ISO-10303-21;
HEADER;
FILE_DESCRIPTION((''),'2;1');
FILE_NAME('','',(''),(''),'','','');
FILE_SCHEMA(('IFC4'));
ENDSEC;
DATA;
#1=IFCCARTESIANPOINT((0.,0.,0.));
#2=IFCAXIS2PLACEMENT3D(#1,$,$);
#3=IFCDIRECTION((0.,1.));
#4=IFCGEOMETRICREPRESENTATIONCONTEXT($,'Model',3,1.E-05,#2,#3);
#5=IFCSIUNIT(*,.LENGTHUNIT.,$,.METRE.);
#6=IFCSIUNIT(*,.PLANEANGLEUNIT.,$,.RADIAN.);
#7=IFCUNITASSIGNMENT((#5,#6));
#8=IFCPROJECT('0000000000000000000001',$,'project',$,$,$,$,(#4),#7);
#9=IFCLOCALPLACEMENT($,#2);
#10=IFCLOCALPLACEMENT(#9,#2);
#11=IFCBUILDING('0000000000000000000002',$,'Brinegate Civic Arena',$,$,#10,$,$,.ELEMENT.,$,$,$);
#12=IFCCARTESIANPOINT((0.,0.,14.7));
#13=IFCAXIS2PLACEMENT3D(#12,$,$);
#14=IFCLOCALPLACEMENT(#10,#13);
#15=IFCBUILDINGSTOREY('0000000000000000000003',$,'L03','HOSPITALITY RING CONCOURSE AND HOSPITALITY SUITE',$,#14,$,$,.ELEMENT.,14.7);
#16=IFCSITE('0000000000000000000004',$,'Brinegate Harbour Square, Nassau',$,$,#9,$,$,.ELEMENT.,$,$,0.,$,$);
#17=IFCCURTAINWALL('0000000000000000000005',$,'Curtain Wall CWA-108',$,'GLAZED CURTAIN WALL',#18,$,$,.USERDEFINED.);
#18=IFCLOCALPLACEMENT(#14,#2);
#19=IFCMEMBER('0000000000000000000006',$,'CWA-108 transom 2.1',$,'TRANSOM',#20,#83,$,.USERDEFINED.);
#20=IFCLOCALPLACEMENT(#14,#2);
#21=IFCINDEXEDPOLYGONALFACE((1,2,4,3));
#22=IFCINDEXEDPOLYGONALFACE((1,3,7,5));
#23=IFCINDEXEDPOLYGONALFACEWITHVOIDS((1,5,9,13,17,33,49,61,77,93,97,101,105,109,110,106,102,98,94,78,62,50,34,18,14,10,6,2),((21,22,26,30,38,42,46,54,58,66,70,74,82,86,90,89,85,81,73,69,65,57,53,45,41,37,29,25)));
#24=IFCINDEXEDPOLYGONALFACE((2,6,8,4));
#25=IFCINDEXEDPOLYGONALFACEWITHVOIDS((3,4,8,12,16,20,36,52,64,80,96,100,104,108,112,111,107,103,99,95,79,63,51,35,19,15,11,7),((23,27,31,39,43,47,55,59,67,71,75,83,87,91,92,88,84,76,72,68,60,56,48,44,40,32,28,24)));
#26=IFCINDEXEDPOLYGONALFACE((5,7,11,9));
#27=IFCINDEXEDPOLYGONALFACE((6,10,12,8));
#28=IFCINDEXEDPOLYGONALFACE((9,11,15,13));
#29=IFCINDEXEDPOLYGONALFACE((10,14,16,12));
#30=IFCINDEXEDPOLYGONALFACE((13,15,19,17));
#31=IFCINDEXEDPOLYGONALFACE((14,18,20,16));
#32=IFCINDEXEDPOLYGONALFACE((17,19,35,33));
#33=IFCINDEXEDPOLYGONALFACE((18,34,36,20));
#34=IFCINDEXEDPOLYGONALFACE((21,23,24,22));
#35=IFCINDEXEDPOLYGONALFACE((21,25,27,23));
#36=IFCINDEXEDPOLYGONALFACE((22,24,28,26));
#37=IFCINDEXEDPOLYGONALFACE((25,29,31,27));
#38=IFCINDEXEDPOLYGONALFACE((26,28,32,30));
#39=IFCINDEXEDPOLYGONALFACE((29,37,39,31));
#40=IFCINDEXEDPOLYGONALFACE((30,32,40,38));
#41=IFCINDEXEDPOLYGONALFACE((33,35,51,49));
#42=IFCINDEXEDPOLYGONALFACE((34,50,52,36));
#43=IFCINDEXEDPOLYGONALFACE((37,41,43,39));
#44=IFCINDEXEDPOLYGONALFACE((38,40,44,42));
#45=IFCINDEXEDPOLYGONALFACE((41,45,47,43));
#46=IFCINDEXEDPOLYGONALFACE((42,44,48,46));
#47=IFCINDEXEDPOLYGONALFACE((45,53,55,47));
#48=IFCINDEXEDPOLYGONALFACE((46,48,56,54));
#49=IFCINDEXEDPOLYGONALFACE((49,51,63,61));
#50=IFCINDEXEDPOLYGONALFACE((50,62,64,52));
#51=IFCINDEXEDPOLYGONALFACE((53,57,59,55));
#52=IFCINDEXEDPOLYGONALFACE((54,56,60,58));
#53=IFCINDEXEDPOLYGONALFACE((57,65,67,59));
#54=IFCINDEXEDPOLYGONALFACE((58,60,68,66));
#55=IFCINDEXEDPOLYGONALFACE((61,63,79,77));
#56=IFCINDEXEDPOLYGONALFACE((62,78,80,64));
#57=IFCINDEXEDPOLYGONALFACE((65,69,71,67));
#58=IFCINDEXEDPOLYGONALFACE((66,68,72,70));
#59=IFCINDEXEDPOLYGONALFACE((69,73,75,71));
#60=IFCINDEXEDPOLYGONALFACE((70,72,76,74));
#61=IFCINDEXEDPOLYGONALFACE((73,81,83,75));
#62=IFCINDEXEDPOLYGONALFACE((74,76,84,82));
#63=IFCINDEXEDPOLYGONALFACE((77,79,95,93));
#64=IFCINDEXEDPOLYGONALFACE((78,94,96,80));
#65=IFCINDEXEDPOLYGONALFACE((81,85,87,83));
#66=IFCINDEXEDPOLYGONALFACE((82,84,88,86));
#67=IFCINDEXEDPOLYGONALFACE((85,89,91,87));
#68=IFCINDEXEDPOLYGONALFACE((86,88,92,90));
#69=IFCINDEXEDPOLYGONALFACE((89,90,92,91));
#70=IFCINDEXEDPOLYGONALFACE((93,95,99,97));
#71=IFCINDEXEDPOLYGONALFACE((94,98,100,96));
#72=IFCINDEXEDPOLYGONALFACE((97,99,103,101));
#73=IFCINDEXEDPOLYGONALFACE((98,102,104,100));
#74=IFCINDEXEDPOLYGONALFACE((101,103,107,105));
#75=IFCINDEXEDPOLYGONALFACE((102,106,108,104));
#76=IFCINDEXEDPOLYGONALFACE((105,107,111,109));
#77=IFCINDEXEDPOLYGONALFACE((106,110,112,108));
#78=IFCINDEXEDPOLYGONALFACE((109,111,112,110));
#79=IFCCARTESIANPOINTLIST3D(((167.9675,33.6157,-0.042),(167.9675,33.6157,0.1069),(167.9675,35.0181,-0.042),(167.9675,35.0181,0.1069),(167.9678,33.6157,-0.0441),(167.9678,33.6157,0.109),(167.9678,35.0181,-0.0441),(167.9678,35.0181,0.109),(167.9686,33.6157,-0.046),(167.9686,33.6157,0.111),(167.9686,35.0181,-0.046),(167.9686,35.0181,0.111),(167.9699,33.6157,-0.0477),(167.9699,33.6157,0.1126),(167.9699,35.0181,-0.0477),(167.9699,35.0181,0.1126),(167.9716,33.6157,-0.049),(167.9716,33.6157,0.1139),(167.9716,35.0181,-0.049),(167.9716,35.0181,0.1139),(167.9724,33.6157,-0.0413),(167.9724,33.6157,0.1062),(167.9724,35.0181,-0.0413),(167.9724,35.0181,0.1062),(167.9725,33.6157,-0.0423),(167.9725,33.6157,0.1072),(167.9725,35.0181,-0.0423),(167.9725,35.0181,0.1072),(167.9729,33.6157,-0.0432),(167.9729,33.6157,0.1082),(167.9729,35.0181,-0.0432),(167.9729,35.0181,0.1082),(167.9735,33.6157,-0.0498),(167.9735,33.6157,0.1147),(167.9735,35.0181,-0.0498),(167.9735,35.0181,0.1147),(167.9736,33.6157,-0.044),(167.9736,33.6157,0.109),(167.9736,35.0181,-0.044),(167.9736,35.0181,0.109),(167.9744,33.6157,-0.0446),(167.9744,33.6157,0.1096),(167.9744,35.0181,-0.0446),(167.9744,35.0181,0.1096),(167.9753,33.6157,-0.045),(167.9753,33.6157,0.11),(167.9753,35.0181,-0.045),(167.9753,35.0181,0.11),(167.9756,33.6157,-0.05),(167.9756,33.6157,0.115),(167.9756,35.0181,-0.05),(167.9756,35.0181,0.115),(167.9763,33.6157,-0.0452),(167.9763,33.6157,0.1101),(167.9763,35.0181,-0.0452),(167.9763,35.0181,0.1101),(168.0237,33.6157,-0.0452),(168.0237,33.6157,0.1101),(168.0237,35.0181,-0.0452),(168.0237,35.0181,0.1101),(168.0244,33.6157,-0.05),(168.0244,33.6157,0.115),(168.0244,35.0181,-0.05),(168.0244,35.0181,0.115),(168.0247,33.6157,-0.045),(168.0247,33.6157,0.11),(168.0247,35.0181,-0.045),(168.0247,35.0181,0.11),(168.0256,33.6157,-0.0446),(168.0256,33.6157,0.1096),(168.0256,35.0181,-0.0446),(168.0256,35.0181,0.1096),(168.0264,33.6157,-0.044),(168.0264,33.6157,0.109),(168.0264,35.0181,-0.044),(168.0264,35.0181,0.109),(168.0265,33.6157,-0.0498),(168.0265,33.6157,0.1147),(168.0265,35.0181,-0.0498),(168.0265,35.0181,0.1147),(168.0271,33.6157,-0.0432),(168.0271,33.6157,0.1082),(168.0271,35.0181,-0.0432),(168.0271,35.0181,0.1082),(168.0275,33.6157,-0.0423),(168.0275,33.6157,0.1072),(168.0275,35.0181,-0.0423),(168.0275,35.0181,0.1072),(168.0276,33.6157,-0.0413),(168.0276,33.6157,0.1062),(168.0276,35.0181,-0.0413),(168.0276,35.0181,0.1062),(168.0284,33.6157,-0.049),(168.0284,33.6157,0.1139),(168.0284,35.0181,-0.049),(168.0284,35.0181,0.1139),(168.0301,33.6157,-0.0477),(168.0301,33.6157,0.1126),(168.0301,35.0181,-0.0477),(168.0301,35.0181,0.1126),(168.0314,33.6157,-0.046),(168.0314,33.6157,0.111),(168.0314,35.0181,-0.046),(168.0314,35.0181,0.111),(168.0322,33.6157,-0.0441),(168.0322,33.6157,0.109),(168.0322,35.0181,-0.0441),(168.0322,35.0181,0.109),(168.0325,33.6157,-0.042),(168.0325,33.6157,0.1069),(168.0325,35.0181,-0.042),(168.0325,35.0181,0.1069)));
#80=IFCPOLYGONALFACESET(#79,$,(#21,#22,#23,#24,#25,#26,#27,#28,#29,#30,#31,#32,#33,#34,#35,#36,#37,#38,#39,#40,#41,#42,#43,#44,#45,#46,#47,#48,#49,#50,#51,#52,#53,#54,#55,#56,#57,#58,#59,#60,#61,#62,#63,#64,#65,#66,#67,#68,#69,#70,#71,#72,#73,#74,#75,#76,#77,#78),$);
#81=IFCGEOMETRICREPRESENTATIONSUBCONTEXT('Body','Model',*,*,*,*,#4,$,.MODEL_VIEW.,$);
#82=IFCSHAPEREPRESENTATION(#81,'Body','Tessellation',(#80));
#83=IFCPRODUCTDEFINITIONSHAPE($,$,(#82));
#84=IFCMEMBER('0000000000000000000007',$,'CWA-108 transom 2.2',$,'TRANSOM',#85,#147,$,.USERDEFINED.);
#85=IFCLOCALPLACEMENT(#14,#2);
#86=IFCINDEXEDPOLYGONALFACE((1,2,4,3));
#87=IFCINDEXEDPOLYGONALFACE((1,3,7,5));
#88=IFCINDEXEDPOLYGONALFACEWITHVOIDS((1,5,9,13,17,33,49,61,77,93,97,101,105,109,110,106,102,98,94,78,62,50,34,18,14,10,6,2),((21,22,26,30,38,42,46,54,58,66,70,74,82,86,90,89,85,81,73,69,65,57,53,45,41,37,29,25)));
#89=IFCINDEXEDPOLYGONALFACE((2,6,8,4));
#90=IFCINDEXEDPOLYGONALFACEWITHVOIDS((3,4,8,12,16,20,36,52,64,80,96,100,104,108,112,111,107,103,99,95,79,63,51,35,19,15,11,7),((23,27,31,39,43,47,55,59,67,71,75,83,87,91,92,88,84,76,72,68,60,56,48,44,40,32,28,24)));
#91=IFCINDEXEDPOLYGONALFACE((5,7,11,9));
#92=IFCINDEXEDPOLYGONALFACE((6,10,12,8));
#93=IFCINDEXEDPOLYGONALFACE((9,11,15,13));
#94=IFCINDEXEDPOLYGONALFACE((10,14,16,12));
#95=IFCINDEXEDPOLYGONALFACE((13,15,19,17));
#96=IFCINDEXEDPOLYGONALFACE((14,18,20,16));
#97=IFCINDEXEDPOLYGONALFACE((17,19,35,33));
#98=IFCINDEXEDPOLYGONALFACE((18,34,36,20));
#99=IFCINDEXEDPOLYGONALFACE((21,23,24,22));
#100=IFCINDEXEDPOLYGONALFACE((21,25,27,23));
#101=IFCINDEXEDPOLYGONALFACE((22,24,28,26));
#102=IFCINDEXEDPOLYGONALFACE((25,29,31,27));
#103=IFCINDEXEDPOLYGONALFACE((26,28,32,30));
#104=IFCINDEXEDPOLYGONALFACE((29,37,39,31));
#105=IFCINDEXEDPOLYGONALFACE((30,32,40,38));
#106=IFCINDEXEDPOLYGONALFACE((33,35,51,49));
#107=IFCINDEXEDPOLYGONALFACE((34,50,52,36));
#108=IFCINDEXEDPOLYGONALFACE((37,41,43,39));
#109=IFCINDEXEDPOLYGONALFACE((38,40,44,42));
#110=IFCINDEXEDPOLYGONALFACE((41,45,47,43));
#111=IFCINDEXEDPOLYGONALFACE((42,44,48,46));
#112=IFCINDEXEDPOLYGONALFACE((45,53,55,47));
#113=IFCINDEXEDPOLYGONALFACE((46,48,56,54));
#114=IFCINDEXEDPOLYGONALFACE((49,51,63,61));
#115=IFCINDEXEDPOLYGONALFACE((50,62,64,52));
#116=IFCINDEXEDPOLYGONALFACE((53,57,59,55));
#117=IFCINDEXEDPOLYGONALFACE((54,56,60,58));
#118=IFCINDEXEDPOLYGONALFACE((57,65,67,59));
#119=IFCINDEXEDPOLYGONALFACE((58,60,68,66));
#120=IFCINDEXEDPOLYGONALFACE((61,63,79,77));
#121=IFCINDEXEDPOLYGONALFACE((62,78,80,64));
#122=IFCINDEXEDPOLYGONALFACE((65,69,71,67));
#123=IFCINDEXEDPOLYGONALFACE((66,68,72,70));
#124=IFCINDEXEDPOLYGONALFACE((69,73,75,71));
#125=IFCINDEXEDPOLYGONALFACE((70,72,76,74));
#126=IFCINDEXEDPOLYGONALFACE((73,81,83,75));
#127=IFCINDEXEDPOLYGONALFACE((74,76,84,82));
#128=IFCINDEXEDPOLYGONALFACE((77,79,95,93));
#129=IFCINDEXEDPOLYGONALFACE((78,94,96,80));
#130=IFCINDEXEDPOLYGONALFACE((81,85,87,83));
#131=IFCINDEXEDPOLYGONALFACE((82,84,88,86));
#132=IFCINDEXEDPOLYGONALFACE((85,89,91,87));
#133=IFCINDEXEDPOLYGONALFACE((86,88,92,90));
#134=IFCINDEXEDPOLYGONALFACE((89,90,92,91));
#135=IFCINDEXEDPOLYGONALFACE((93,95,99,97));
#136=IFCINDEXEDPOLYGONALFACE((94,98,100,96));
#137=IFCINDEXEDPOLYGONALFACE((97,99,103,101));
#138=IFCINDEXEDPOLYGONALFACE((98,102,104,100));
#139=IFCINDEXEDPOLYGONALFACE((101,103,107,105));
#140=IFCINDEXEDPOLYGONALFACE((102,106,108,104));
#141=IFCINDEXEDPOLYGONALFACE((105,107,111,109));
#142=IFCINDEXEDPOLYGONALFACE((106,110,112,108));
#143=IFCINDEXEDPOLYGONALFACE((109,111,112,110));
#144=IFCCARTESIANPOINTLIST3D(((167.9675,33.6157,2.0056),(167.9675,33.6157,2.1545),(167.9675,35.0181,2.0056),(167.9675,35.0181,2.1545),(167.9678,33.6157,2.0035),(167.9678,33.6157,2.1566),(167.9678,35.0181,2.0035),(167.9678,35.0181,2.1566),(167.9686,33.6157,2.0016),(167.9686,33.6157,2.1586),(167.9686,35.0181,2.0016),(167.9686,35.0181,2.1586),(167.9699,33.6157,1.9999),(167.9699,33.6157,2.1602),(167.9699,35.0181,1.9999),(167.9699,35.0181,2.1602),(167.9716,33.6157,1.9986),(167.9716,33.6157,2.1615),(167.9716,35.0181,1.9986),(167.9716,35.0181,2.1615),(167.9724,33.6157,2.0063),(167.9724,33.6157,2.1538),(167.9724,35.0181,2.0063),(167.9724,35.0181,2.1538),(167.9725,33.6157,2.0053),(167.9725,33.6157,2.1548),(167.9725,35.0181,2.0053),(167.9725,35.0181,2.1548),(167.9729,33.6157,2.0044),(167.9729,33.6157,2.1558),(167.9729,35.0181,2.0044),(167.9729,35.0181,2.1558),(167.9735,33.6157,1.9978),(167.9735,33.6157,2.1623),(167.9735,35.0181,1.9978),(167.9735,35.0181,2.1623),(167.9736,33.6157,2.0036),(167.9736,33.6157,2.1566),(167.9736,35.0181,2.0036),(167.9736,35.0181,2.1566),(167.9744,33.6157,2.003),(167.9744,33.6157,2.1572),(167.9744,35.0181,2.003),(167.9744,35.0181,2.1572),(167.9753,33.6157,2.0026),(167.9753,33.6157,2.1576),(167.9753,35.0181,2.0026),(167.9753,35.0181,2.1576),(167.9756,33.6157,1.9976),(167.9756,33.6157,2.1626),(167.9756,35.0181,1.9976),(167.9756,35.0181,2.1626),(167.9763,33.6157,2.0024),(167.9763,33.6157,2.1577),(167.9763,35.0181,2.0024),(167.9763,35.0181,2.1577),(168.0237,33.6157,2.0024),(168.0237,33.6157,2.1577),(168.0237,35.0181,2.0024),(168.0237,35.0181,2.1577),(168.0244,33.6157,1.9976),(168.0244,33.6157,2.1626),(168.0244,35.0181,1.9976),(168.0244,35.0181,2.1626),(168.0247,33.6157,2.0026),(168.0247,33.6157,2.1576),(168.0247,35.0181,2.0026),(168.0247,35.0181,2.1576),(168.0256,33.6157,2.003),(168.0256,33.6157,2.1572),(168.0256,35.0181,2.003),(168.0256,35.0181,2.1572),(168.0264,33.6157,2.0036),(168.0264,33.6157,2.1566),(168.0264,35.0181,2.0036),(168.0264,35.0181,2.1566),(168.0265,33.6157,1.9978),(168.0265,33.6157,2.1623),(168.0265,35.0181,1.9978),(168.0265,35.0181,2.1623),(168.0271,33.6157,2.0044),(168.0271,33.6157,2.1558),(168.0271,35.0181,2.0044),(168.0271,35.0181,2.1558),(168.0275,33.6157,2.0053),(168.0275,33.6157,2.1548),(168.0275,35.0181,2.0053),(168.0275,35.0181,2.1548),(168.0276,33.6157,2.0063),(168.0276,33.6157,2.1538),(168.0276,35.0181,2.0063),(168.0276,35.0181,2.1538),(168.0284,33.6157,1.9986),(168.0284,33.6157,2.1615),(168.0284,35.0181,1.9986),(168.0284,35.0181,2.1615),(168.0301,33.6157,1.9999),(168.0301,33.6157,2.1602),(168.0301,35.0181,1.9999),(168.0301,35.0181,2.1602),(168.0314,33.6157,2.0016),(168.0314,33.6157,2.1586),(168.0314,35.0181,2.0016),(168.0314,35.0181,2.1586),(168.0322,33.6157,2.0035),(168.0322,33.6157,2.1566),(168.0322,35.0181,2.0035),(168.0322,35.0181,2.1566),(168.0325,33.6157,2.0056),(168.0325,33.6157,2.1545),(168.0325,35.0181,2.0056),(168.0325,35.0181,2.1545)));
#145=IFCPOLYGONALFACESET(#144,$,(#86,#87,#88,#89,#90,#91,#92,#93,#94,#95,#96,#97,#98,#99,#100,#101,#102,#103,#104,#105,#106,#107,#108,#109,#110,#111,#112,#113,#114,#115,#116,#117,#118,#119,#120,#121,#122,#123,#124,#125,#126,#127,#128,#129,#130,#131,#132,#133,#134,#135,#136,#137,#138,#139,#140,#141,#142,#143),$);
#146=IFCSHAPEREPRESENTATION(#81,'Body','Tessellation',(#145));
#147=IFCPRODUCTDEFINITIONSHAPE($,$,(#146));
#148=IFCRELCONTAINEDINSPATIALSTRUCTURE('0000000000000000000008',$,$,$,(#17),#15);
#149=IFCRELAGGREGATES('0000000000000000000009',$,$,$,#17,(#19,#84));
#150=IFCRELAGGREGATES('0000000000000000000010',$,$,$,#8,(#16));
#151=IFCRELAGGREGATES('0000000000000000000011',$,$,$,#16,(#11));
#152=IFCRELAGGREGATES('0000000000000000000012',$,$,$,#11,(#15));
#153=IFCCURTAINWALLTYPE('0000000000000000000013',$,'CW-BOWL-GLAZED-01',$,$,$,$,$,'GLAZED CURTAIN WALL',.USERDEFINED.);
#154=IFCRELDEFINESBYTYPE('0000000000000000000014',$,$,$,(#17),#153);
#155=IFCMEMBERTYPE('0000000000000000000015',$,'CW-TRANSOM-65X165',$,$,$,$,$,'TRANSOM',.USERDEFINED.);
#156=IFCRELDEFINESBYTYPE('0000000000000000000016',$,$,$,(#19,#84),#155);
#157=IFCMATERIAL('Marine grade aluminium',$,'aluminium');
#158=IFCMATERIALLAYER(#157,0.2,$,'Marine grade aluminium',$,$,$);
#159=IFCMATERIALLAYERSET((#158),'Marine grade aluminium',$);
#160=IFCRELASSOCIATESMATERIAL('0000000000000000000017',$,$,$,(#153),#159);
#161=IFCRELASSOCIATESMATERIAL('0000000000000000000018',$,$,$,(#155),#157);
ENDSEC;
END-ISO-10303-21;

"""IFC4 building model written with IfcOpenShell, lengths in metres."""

from ifc_helpers import new_model, si_unit, direction, frame, origin, origin_2d, place, context, subcontext, project, spatial, hollow_rectangle, extrude, material, layer, layer_set, material_profile, profile_set, type_object, element, aggregate, save


model = new_model("IFC4")

# Units and contexts
model_context = context("Model", 3, precision=1e-05, world=origin(), true_north=direction((0.0, 1.0)))
body_context = subcontext(model_context, "Body", "Model", "MODEL_VIEW")
ifc_project = project(units=[si_unit("LENGTHUNIT", "METRE"), si_unit("PLANEANGLEUNIT", "RADIAN")], contexts=[model_context])

# Site, building, storey
site_placement = place(None, origin())
site = spatial("IfcSite", under=ifc_project, at=site_placement, Name="Brinegate Harbour Square, Nassau", CompositionType="ELEMENT", RefElevation=0.0)
building_placement = place(site_placement, origin())
building = spatial("IfcBuilding", under=site, at=building_placement, Name="Brinegate Civic Arena", CompositionType="ELEMENT")
storey_placement = place(building_placement, frame((0.0, 0.0, 14.7)))
storey = spatial("IfcBuildingStorey", under=building, at=storey_placement, Name="L03", Description="HOSPITALITY RING CONCOURSE AND HOSPITALITY SUITE", CompositionType="ELEMENT", Elevation=14.7)

# Curtain wall, members
ifc_material_1 = material(Name="Marine grade aluminium", Category="aluminium")
ifc_layer_1 = layer(ifc_material_1, 0.2, Name="Marine grade aluminium")
ifc_layer_set_1 = layer_set([ifc_layer_1], Name="Marine grade aluminium")
curtain_wall_type = type_object("IfcCurtainWallType", Name="CW-BOWL-GLAZED-01", ElementType="GLAZED CURTAIN WALL", PredefinedType="USERDEFINED", material=ifc_layer_set_1)
curtain_wall_placement = place(storey_placement, origin())
curtain_wall = element("IfcCurtainWall", 1, at=curtain_wall_placement, inside=storey, type_object=curtain_wall_type, Name="Curtain Wall CWA-108", ObjectType="GLAZED CURTAIN WALL", PredefinedType="USERDEFINED")
ifc_material_profile_1 = material_profile(ifc_material_1, hollow_rectangle(XDim=0.0649, YDim=0.165, WallThickness=0.0049, InnerFilletRadius=0.0039, OuterFilletRadius=0.0081, at=origin_2d()), Name="TRN65X165")
ifc_profile_set_1 = profile_set([ifc_material_profile_1], Name="Marine grade aluminium")
member_type_1 = type_object("IfcMemberType", Name="CW-TRANSOM-65X165", ElementType="TRANSOM", PredefinedType="USERDEFINED", material=ifc_profile_set_1)
member_1_placement = place(storey_placement, frame((168.0, 33.6157, 0.0325), z_axis=(0.0, 1.0, 0.0), x_axis=(-1.0, 0.0, 0.0)))
member_1 = element("IfcMember", 2, at=member_1_placement, type_object=member_type_1, Name="CWA-108 transom 2.1", ObjectType="TRANSOM", PredefinedType="USERDEFINED", context=body_context, shape_type="SweptSolid", body=[
    extrude(hollow_rectangle(XDim=0.0649, YDim=0.165, WallThickness=0.0049, InnerFilletRadius=0.0039, OuterFilletRadius=0.0081, at=origin_2d()), origin(), (0.0, 0.0, 1.0), 1.4023),
])
member_2_placement = place(storey_placement, frame((168.0, 33.6157, 2.0801), z_axis=(0.0, 1.0, 0.0), x_axis=(-1.0, 0.0, 0.0)))
member_2 = element("IfcMember", 3, at=member_2_placement, type_object=member_type_1, Name="CWA-108 transom 2.2", ObjectType="TRANSOM", PredefinedType="USERDEFINED", context=body_context, shape_type="SweptSolid", body=[
    extrude(hollow_rectangle(XDim=0.0649, YDim=0.165, WallThickness=0.0049, InnerFilletRadius=0.0039, OuterFilletRadius=0.0081, at=origin_2d()), origin(), (0.0, 0.0, 1.0), 1.4023),
])
aggregate(curtain_wall, [member_1, member_2])

save(model, "model.ifc")
